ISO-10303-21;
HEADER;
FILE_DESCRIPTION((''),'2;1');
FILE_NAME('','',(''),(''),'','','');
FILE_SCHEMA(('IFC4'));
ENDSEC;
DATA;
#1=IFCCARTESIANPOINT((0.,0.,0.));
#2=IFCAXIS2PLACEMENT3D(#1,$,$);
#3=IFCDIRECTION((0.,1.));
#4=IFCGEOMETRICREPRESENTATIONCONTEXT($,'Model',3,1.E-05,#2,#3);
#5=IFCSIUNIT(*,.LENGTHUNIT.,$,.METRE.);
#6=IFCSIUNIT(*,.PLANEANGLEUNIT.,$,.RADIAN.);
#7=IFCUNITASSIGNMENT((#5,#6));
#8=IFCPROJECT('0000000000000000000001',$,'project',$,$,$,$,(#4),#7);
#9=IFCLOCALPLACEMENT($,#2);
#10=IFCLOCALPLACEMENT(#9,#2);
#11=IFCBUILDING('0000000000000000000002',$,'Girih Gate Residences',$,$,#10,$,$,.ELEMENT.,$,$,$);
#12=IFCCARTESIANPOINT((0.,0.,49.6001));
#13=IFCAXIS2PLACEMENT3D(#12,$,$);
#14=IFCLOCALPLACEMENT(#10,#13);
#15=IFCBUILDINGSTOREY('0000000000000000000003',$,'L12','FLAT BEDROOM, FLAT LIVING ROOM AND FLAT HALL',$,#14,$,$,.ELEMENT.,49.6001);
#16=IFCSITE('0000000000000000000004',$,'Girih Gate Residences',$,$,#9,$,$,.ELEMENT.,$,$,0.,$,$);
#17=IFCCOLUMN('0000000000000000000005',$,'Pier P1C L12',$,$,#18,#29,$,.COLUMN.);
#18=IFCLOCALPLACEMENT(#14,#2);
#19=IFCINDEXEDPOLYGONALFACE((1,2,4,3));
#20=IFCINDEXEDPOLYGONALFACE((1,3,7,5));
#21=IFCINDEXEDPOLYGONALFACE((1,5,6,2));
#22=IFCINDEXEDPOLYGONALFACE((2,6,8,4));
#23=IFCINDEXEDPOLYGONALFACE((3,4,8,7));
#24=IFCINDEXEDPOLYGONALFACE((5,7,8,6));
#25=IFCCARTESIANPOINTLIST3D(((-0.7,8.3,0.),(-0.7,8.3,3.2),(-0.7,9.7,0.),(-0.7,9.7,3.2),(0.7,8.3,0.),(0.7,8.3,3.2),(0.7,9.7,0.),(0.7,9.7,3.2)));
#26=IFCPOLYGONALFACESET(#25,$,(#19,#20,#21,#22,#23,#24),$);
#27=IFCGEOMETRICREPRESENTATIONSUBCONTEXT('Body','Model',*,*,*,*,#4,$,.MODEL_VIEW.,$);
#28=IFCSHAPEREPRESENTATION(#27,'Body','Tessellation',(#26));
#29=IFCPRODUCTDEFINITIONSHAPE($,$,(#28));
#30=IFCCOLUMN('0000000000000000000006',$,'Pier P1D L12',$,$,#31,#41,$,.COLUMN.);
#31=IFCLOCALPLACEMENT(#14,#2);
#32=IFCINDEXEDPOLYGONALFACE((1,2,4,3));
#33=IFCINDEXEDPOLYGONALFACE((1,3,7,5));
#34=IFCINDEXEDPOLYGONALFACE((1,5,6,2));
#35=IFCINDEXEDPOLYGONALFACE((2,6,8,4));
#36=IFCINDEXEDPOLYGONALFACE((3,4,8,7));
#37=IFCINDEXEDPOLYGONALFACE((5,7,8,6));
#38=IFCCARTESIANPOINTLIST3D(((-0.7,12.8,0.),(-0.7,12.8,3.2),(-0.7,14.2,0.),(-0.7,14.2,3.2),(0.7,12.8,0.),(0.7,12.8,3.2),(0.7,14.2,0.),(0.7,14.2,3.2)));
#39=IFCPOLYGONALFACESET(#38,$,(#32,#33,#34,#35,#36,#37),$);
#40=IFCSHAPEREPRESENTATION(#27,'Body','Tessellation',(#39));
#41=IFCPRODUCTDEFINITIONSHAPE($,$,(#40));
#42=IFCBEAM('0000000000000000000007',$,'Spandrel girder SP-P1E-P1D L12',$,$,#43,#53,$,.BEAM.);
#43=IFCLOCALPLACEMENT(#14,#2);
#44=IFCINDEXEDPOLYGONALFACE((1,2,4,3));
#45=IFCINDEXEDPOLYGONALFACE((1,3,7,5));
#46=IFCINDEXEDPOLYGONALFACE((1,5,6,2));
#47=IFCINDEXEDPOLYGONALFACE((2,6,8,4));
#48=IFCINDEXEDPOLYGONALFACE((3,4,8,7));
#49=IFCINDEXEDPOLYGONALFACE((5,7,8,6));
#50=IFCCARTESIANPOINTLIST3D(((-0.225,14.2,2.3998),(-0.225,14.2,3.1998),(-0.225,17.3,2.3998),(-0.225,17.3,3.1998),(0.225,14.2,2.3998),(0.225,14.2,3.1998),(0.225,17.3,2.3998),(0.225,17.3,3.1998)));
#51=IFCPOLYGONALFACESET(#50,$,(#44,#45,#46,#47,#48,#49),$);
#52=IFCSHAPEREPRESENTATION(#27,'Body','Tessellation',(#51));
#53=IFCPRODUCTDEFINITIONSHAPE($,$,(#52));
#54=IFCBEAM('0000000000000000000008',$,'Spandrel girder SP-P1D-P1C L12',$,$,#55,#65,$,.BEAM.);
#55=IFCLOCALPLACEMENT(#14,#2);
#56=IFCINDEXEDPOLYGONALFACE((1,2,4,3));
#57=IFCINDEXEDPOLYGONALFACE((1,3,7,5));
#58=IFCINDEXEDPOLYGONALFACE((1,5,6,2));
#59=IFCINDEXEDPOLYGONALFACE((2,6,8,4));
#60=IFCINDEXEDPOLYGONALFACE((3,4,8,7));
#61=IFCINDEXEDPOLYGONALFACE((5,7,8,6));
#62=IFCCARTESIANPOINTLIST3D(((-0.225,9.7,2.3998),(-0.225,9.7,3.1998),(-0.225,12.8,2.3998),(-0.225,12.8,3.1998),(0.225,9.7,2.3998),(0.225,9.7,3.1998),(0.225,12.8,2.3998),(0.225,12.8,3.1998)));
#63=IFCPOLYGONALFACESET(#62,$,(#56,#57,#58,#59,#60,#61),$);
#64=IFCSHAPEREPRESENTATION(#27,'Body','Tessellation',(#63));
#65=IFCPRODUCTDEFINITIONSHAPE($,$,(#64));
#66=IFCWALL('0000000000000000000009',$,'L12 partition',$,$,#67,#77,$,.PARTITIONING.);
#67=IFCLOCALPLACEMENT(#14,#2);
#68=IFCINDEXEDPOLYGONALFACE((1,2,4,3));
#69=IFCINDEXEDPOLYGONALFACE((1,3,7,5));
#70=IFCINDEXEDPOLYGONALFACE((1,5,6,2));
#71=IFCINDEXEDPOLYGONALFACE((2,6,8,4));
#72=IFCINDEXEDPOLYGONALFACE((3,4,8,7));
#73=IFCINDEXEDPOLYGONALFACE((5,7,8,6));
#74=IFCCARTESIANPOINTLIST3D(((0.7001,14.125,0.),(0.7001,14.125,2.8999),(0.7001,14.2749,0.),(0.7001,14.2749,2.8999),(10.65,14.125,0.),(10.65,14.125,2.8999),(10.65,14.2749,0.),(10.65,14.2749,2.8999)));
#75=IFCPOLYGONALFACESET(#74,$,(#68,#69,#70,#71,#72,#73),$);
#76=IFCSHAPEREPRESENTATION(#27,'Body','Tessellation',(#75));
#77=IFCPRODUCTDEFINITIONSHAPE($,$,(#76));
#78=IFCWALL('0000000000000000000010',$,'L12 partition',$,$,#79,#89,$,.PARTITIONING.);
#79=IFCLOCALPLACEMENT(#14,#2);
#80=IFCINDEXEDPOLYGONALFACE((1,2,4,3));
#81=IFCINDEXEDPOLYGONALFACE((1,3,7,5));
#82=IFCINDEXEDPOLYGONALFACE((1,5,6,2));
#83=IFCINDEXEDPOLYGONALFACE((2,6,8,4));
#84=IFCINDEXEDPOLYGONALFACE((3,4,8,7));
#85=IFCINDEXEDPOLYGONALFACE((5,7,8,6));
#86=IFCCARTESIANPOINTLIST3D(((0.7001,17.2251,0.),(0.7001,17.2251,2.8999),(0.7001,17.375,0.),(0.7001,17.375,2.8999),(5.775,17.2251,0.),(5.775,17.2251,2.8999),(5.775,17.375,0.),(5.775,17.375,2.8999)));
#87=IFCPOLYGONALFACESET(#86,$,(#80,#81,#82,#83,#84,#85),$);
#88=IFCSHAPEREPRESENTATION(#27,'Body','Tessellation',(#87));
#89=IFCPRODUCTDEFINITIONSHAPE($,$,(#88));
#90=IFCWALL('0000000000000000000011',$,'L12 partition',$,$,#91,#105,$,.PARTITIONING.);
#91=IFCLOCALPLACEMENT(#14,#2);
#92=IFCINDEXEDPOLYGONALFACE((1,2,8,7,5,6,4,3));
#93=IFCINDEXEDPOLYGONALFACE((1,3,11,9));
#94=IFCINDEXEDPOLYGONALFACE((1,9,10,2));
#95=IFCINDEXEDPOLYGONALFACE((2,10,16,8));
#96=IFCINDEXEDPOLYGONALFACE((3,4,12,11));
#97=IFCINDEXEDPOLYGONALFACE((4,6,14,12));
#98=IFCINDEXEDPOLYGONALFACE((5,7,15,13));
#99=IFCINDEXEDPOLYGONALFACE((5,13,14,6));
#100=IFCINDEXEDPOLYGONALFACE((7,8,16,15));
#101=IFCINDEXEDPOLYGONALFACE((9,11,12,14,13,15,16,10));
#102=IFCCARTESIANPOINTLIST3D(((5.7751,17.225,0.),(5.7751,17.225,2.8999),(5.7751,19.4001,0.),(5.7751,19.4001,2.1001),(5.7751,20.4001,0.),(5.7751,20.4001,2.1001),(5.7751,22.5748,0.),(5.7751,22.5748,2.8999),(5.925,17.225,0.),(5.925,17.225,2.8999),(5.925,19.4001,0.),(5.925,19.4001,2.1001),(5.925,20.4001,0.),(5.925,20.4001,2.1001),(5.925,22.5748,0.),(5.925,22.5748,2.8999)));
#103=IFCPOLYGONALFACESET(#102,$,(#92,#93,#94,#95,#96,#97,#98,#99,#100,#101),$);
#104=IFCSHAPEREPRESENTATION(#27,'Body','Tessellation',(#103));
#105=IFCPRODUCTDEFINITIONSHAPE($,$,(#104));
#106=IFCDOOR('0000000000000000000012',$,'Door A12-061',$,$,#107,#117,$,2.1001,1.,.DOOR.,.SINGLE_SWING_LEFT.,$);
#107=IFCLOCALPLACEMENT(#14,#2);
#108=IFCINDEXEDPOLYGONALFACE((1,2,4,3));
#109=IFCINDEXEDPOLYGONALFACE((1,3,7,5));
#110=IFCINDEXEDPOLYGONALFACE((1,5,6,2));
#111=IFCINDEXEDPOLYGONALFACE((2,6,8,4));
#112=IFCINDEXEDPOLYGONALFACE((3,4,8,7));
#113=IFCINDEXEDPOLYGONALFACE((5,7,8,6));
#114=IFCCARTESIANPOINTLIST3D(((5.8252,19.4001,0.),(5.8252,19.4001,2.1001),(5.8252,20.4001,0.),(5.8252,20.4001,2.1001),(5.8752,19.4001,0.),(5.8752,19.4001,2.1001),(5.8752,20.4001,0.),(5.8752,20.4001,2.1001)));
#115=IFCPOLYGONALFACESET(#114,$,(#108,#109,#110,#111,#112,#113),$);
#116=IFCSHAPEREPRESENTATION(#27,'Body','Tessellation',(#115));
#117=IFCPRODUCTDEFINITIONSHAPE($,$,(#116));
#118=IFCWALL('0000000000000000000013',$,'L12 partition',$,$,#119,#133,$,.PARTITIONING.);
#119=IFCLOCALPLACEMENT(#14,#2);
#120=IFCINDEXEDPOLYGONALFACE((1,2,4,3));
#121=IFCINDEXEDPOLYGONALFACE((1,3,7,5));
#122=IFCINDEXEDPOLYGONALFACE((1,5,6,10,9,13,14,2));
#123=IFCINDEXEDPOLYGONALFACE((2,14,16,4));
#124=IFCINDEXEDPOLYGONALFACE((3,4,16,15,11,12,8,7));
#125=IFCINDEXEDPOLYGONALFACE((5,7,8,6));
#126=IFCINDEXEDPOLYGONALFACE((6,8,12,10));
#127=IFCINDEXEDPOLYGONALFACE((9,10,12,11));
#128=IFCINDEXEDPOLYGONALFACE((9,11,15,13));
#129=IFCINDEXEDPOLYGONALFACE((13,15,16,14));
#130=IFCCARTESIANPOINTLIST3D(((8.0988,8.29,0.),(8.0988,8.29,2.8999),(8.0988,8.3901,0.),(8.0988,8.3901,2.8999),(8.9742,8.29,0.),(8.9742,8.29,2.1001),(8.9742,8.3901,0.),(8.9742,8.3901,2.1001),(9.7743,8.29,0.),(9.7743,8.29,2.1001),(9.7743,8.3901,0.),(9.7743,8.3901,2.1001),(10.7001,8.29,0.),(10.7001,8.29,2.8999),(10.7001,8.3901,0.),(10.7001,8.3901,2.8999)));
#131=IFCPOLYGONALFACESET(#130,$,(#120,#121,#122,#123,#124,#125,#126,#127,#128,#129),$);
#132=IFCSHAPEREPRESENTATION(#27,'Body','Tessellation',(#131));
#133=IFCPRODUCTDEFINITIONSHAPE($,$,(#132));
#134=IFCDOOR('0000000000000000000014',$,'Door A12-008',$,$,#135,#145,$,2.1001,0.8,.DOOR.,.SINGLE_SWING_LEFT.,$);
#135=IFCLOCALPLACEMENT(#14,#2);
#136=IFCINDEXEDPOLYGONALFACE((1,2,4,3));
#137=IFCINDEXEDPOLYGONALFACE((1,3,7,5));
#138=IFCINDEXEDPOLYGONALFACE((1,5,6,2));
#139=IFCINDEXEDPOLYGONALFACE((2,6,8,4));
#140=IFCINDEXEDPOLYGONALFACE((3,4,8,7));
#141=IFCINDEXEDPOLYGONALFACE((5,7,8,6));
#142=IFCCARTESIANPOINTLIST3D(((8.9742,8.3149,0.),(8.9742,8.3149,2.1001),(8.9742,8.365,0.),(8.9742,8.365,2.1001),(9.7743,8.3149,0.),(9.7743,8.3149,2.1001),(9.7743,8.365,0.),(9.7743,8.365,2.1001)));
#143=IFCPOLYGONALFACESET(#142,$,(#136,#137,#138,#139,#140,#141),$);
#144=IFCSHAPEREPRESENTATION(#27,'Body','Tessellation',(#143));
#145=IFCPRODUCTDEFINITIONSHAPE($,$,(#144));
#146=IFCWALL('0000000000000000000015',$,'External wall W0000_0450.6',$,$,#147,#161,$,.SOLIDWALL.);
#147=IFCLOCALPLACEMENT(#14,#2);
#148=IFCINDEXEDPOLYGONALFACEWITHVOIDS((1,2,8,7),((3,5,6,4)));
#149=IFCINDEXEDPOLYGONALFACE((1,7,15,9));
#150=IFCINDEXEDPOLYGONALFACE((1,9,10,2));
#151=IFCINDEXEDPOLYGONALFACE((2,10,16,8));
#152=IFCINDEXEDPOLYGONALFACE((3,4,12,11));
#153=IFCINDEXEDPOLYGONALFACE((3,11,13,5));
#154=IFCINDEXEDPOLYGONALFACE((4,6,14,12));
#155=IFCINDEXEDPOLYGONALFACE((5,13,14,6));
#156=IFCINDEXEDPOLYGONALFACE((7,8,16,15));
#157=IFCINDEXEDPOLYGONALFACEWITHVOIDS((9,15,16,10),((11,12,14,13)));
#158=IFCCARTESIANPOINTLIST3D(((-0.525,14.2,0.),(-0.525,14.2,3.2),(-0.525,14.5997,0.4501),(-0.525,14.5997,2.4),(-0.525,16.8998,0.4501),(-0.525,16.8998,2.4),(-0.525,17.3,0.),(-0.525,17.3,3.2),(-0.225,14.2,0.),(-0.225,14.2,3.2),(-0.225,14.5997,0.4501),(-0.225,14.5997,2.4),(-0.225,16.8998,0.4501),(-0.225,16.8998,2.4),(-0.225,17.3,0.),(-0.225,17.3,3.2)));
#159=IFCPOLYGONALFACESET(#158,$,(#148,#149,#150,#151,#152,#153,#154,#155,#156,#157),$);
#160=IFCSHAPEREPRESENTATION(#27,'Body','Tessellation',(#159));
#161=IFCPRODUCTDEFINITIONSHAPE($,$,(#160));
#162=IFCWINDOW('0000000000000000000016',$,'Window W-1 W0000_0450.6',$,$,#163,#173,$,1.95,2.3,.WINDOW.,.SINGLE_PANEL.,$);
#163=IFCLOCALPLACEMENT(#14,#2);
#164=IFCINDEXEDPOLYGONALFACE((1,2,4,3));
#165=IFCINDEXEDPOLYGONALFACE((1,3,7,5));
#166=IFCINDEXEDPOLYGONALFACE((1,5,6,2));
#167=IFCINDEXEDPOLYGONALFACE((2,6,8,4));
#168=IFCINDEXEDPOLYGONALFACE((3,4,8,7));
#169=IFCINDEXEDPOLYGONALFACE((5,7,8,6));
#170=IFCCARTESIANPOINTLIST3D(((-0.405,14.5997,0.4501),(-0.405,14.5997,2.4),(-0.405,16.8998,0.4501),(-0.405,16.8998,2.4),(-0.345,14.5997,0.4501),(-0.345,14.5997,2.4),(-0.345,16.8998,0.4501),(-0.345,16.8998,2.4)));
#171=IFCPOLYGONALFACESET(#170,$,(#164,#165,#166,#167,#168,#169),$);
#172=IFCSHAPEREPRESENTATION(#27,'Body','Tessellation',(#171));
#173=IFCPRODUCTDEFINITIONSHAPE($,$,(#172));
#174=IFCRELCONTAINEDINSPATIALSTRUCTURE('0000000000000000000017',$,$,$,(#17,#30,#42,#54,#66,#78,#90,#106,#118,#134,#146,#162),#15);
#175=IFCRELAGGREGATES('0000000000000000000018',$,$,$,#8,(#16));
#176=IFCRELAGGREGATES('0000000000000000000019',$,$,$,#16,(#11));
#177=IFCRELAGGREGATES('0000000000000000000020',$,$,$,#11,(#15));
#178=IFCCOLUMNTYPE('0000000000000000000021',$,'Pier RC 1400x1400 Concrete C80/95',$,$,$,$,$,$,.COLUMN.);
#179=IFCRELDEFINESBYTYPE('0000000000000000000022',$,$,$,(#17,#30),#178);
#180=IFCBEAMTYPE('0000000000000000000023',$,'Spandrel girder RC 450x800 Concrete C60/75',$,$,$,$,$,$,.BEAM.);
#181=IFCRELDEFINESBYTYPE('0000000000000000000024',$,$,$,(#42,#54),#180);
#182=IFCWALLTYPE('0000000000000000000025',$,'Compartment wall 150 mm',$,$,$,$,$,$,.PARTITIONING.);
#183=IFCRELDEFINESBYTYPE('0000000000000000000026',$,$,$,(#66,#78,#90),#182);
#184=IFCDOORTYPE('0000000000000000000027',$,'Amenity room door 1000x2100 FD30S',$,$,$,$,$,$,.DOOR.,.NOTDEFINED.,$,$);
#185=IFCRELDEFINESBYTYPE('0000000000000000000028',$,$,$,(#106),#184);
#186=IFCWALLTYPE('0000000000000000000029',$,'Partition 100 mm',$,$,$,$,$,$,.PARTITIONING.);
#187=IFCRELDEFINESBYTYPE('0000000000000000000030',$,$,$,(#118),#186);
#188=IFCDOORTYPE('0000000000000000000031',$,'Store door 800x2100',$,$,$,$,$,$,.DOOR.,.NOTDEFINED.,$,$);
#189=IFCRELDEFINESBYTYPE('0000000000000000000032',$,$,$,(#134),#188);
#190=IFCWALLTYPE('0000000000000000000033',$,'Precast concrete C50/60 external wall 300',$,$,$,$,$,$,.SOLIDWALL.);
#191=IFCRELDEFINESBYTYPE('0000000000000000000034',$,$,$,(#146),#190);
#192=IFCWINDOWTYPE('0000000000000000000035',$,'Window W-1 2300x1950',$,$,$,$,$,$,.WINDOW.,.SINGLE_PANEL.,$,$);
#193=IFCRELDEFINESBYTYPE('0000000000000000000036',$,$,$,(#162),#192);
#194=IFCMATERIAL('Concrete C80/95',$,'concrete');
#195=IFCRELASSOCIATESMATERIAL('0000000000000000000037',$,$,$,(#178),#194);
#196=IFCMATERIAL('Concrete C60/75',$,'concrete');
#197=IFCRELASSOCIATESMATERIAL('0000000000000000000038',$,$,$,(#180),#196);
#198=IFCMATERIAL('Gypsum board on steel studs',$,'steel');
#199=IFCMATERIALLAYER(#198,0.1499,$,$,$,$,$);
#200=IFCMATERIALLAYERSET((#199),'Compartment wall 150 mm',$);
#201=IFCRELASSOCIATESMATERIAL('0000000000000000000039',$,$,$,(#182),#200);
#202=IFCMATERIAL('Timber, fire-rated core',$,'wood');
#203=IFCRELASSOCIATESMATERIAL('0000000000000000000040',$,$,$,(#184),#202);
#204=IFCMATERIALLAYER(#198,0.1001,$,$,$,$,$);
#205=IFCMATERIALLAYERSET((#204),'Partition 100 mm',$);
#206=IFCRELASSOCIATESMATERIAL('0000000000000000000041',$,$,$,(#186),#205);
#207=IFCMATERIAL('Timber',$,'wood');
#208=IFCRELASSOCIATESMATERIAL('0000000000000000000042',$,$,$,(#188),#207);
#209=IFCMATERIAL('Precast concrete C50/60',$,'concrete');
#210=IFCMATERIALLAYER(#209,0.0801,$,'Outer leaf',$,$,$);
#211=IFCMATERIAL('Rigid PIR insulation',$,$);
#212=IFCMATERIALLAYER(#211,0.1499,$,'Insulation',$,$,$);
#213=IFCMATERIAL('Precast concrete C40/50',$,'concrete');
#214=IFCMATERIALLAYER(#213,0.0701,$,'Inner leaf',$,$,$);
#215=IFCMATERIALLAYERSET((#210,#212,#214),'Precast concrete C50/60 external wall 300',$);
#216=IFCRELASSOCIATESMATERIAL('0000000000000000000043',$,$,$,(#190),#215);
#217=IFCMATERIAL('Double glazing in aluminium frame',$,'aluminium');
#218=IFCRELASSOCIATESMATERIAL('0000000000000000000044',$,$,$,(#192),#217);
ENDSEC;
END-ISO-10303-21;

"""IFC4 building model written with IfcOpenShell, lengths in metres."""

from ifc_helpers import new_model, si_unit, direction, frame, frame_2d, origin, origin_2d, place, context, subcontext, project, spatial, rectangle, extrude, material, layer, layer_set, material_profile, profile_set, type_object, element, fill, save


model = new_model("IFC4")

# Units and contexts
model_context = context("Model", 3, precision=1e-05, world=origin(), true_north=direction((0.0, 1.0)))
body_context = subcontext(model_context, "Body", "Model", "MODEL_VIEW")
ifc_project = project(units=[si_unit("LENGTHUNIT", "METRE"), si_unit("PLANEANGLEUNIT", "RADIAN")], contexts=[model_context])

# Site, building, storey
site_placement = place(None, origin())
site = spatial("IfcSite", under=ifc_project, at=site_placement, Name="Girih Gate Residences", CompositionType="ELEMENT", RefElevation=0.0)
building_placement = place(site_placement, origin())
building = spatial("IfcBuilding", under=site, at=building_placement, Name="Girih Gate Residences", CompositionType="ELEMENT")
storey_placement = place(building_placement, frame((0.0, 0.0, 49.6001)))
storey = spatial("IfcBuildingStorey", under=building, at=storey_placement, Name="L12", Description="FLAT BEDROOM, FLAT LIVING ROOM AND FLAT HALL", CompositionType="ELEMENT", Elevation=49.6001)

# Columns
ifc_material_1 = material(Name="Concrete C80/95", Category="concrete")
ifc_material_profile_1 = material_profile(ifc_material_1, rectangle(XDim=1.3999, YDim=1.3999, at=origin_2d()))
ifc_profile_set_1 = profile_set([ifc_material_profile_1], Name="Concrete C80/95")
column_type = type_object("IfcColumnType", Name="Pier RC 1400x1400 Concrete C80/95", PredefinedType="COLUMN", material=ifc_profile_set_1)
for number, where, z_axis, x_axis, name in (
    (1, (0.0, 9.0, 0.0), (0.0, 0.0, 1.0), (1.0, 0.0, 0.0), "Pier P1C L12"),
    (2, (0.0, 13.5, 0.0), (0.0, 0.0, 1.0), (1.0, 0.0, 0.0), "Pier P1D L12"),
):
    element("IfcColumn", number, at=place(storey_placement, frame(where, z_axis=z_axis, x_axis=x_axis)), inside=storey, type_object=column_type, Name=name, PredefinedType="COLUMN", context=body_context, shape_type="SweptSolid", body=[
        extrude(rectangle(XDim=1.3999, YDim=1.3999, at=origin_2d()), origin(), (0.0, 0.0, 1.0), 3.2),
    ])

# Beams
ifc_material_2 = material(Name="Concrete C60/75", Category="concrete")
ifc_material_profile_2 = material_profile(ifc_material_2, rectangle(XDim=0.45, YDim=0.8, at=origin_2d()))
ifc_profile_set_2 = profile_set([ifc_material_profile_2], Name="Concrete C60/75")
beam_type = type_object("IfcBeamType", Name="Spandrel girder RC 450x800 Concrete C60/75", PredefinedType="BEAM", material=ifc_profile_set_2)
for number, where, z_axis, x_axis, name in (
    (3, (0.0, 17.3, 2.7998), (0.0, -1.0, 0.0), (1.0, 0.0, 0.0), "Spandrel girder SP-P1E-P1D L12"),
    (4, (0.0, 12.8, 2.7998), (0.0, -1.0, 0.0), (1.0, 0.0, 0.0), "Spandrel girder SP-P1D-P1C L12"),
):
    element("IfcBeam", number, at=place(storey_placement, frame(where, z_axis=z_axis, x_axis=x_axis)), inside=storey, type_object=beam_type, Name=name, PredefinedType="BEAM", context=body_context, shape_type="SweptSolid", body=[
        extrude(rectangle(XDim=0.45, YDim=0.8, at=origin_2d()), origin(), (0.0, 0.0, 1.0), 3.1001),
    ])

# Walls
ifc_material_3 = material(Name="Gypsum board on steel studs", Category="steel")
ifc_layer_1 = layer(ifc_material_3, 0.1499)
ifc_layer_set_1 = layer_set([ifc_layer_1], Name="Compartment wall 150 mm")
wall_type_1 = type_object("IfcWallType", Name="Compartment wall 150 mm", PredefinedType="PARTITIONING", material=ifc_layer_set_1)
wall_1_placement = place(storey_placement, frame((0.7, 14.2, 0.0), z_axis=(0.0, 0.0, 1.0), x_axis=(1.0, 0.0, 0.0)))
element("IfcWall", 5, at=wall_1_placement, inside=storey, type_object=wall_type_1, Name="L12 partition", PredefinedType="PARTITIONING", context=body_context, shape_type="SweptSolid", body=[
    extrude(rectangle(XDim=9.95, YDim=0.1499, at=frame_2d((4.9751, 0.0))), origin(), (0.0, 0.0, 1.0), 2.8999),
])
wall_2_placement = place(storey_placement, frame((0.7, 17.3, 0.0), z_axis=(0.0, 0.0, 1.0), x_axis=(1.0, 0.0, 0.0)))
element("IfcWall", 6, at=wall_2_placement, inside=storey, type_object=wall_type_1, Name="L12 partition", PredefinedType="PARTITIONING", context=body_context, shape_type="SweptSolid", body=[
    extrude(rectangle(XDim=5.075, YDim=0.1499, at=frame_2d((2.5376, 0.0))), origin(), (0.0, 0.0, 1.0), 2.8999),
])

# Walls, openings, doors
wall_3_placement = place(storey_placement, frame((5.8501, 17.2251, 0.0), z_axis=(0.0, 0.0, 1.0), x_axis=(0.0, 1.0, 0.0)))
wall_3 = element("IfcWall", 7, at=wall_3_placement, inside=storey, type_object=wall_type_1, Name="L12 partition", PredefinedType="PARTITIONING", context=body_context, shape_type="SweptSolid", body=[
    extrude(rectangle(XDim=5.3499, YDim=0.1499, at=frame_2d((2.6748, 0.0))), origin(), (0.0, 0.0, 1.0), 2.8999),
])
opening_1_placement = place(wall_3_placement, frame((2.175, 0.0, 0.0)))
opening_1 = element("IfcOpeningElement", 8, at=opening_1_placement, cuts=wall_3, PredefinedType="OPENING", context=body_context, shape_type="SweptSolid", body=[
    extrude(rectangle(XDim=1.0, YDim=2.1001, at=frame_2d((0.5, 1.05))), frame((0.0, 0.085, 0.0), z_axis=(0.0, -1.0, 0.0), x_axis=(1.0, 0.0, 0.0)), (0.0, 0.0, 1.0), 0.1699),
])
ifc_material_4 = material(Name="Timber, fire-rated core", Category="wood")
door_type_1 = type_object("IfcDoorType", Name="Amenity room door 1000x2100 FD30S", OperationType="NOTDEFINED", PredefinedType="DOOR", material=ifc_material_4)
door_1_placement = place(opening_1_placement, origin())
door_1 = element("IfcDoor", 9, at=door_1_placement, inside=storey, type_object=door_type_1, Name="Door A12-061", OperationType="SINGLE_SWING_LEFT", OverallHeight=2.1001, OverallWidth=1.0, PredefinedType="DOOR", context=body_context, shape_type="SweptSolid", body=[
    extrude(rectangle(XDim=1.0, YDim=2.1001, at=frame_2d((0.5, 1.05))), frame((0.0, 0.0249, 0.0), z_axis=(0.0, -1.0, 0.0), x_axis=(1.0, 0.0, 0.0)), (0.0, 0.0, 1.0), 0.05),
])
fill(opening_1, door_1)
ifc_layer_2 = layer(ifc_material_3, 0.1001)
ifc_layer_set_2 = layer_set([ifc_layer_2], Name="Partition 100 mm")
wall_type_2 = type_object("IfcWallType", Name="Partition 100 mm", PredefinedType="PARTITIONING", material=ifc_layer_set_2)
wall_4_placement = place(storey_placement, frame((8.0986, 8.3401, 0.0), z_axis=(0.0, 0.0, 1.0), x_axis=(1.0, 0.0, 0.0)))
wall_4 = element("IfcWall", 10, at=wall_4_placement, inside=storey, type_object=wall_type_2, Name="L12 partition", PredefinedType="PARTITIONING", context=body_context, shape_type="SweptSolid", body=[
    extrude(rectangle(XDim=2.6013, YDim=0.1001, at=frame_2d((1.3008, 0.0))), origin(), (0.0, 0.0, 1.0), 2.8999),
])
opening_2_placement = place(wall_4_placement, frame((0.8757, 0.0, 0.0)))
opening_2 = element("IfcOpeningElement", 11, at=opening_2_placement, cuts=wall_4, PredefinedType="OPENING", context=body_context, shape_type="SweptSolid", body=[
    extrude(rectangle(XDim=0.8, YDim=2.1001, at=frame_2d((0.3999, 1.05))), frame((0.0, 0.0601, 0.0), z_axis=(0.0, -1.0, 0.0), x_axis=(1.0, 0.0, 0.0)), (0.0, 0.0, 1.0), 0.1201),
])
ifc_material_5 = material(Name="Timber", Category="wood")
door_type_2 = type_object("IfcDoorType", Name="Store door 800x2100", OperationType="NOTDEFINED", PredefinedType="DOOR", material=ifc_material_5)
door_2_placement = place(opening_2_placement, origin())
door_2 = element("IfcDoor", 12, at=door_2_placement, inside=storey, type_object=door_type_2, Name="Door A12-008", OperationType="SINGLE_SWING_LEFT", OverallHeight=2.1001, OverallWidth=0.8, PredefinedType="DOOR", context=body_context, shape_type="SweptSolid", body=[
    extrude(rectangle(XDim=0.8, YDim=2.1001, at=frame_2d((0.3999, 1.05))), frame((0.0, 0.0249, 0.0), z_axis=(0.0, -1.0, 0.0), x_axis=(1.0, 0.0, 0.0)), (0.0, 0.0, 1.0), 0.05),
])
fill(opening_2, door_2)

# Wall, opening, window
ifc_material_6 = material(Name="Precast concrete C50/60", Category="concrete")
ifc_layer_3 = layer(ifc_material_6, 0.0801, Name="Outer leaf")
ifc_material_7 = material(Name="Rigid PIR insulation")
ifc_layer_4 = layer(ifc_material_7, 0.1499, Name="Insulation")
ifc_material_8 = material(Name="Precast concrete C40/50", Category="concrete")
ifc_layer_5 = layer(ifc_material_8, 0.0701, Name="Inner leaf")
ifc_layer_set_3 = layer_set([ifc_layer_3, ifc_layer_4, ifc_layer_5], Name="Precast concrete C50/60 external wall 300")
wall_type_3 = type_object("IfcWallType", Name="Precast concrete C50/60 external wall 300", PredefinedType="SOLIDWALL", material=ifc_layer_set_3)
wall_5_placement = place(storey_placement, frame((-0.375, 14.2, 0.0), z_axis=(0.0, 0.0, 1.0), x_axis=(0.0, 1.0, 0.0)))
wall_5 = element("IfcWall", 13, at=wall_5_placement, inside=storey, type_object=wall_type_3, Name="External wall W0000_0450.6", PredefinedType="SOLIDWALL", context=body_context, shape_type="SweptSolid", body=[
    extrude(rectangle(XDim=3.1001, YDim=0.3, at=frame_2d((1.55, 0.0))), origin(), (0.0, 0.0, 1.0), 3.2),
])
opening_3_placement = place(wall_5_placement, frame((0.3999, 0.0, 0.45)))
opening_3 = element("IfcOpeningElement", 14, at=opening_3_placement, cuts=wall_5, PredefinedType="OPENING", context=body_context, shape_type="SweptSolid", body=[
    extrude(rectangle(XDim=2.3, YDim=1.95, at=frame_2d((1.1499, 0.9751))), frame((0.0, 0.1599, 0.0), z_axis=(0.0, -1.0, 0.0), x_axis=(1.0, 0.0, 0.0)), (0.0, 0.0, 1.0), 0.3201),
])
ifc_material_9 = material(Name="Double glazing in aluminium frame", Category="aluminium")
window_type = type_object("IfcWindowType", Name="Window W-1 2300x1950", PartitioningType="SINGLE_PANEL", PredefinedType="WINDOW", material=ifc_material_9)
window_1_placement = place(opening_3_placement, origin())
window_1 = element("IfcWindow", 15, at=window_1_placement, inside=storey, type_object=window_type, Name="Window W-1 W0000_0450.6", OverallHeight=1.95, OverallWidth=2.3, PartitioningType="SINGLE_PANEL", PredefinedType="WINDOW", context=body_context, shape_type="SweptSolid", body=[
    extrude(rectangle(XDim=2.3, YDim=1.95, at=frame_2d((1.1499, 0.9751))), frame((0.0, 0.03, 0.0), z_axis=(0.0, -1.0, 0.0), x_axis=(1.0, 0.0, 0.0)), (0.0, 0.0, 1.0), 0.0601),
])
fill(opening_3, window_1)

save(model, "model.ifc")
